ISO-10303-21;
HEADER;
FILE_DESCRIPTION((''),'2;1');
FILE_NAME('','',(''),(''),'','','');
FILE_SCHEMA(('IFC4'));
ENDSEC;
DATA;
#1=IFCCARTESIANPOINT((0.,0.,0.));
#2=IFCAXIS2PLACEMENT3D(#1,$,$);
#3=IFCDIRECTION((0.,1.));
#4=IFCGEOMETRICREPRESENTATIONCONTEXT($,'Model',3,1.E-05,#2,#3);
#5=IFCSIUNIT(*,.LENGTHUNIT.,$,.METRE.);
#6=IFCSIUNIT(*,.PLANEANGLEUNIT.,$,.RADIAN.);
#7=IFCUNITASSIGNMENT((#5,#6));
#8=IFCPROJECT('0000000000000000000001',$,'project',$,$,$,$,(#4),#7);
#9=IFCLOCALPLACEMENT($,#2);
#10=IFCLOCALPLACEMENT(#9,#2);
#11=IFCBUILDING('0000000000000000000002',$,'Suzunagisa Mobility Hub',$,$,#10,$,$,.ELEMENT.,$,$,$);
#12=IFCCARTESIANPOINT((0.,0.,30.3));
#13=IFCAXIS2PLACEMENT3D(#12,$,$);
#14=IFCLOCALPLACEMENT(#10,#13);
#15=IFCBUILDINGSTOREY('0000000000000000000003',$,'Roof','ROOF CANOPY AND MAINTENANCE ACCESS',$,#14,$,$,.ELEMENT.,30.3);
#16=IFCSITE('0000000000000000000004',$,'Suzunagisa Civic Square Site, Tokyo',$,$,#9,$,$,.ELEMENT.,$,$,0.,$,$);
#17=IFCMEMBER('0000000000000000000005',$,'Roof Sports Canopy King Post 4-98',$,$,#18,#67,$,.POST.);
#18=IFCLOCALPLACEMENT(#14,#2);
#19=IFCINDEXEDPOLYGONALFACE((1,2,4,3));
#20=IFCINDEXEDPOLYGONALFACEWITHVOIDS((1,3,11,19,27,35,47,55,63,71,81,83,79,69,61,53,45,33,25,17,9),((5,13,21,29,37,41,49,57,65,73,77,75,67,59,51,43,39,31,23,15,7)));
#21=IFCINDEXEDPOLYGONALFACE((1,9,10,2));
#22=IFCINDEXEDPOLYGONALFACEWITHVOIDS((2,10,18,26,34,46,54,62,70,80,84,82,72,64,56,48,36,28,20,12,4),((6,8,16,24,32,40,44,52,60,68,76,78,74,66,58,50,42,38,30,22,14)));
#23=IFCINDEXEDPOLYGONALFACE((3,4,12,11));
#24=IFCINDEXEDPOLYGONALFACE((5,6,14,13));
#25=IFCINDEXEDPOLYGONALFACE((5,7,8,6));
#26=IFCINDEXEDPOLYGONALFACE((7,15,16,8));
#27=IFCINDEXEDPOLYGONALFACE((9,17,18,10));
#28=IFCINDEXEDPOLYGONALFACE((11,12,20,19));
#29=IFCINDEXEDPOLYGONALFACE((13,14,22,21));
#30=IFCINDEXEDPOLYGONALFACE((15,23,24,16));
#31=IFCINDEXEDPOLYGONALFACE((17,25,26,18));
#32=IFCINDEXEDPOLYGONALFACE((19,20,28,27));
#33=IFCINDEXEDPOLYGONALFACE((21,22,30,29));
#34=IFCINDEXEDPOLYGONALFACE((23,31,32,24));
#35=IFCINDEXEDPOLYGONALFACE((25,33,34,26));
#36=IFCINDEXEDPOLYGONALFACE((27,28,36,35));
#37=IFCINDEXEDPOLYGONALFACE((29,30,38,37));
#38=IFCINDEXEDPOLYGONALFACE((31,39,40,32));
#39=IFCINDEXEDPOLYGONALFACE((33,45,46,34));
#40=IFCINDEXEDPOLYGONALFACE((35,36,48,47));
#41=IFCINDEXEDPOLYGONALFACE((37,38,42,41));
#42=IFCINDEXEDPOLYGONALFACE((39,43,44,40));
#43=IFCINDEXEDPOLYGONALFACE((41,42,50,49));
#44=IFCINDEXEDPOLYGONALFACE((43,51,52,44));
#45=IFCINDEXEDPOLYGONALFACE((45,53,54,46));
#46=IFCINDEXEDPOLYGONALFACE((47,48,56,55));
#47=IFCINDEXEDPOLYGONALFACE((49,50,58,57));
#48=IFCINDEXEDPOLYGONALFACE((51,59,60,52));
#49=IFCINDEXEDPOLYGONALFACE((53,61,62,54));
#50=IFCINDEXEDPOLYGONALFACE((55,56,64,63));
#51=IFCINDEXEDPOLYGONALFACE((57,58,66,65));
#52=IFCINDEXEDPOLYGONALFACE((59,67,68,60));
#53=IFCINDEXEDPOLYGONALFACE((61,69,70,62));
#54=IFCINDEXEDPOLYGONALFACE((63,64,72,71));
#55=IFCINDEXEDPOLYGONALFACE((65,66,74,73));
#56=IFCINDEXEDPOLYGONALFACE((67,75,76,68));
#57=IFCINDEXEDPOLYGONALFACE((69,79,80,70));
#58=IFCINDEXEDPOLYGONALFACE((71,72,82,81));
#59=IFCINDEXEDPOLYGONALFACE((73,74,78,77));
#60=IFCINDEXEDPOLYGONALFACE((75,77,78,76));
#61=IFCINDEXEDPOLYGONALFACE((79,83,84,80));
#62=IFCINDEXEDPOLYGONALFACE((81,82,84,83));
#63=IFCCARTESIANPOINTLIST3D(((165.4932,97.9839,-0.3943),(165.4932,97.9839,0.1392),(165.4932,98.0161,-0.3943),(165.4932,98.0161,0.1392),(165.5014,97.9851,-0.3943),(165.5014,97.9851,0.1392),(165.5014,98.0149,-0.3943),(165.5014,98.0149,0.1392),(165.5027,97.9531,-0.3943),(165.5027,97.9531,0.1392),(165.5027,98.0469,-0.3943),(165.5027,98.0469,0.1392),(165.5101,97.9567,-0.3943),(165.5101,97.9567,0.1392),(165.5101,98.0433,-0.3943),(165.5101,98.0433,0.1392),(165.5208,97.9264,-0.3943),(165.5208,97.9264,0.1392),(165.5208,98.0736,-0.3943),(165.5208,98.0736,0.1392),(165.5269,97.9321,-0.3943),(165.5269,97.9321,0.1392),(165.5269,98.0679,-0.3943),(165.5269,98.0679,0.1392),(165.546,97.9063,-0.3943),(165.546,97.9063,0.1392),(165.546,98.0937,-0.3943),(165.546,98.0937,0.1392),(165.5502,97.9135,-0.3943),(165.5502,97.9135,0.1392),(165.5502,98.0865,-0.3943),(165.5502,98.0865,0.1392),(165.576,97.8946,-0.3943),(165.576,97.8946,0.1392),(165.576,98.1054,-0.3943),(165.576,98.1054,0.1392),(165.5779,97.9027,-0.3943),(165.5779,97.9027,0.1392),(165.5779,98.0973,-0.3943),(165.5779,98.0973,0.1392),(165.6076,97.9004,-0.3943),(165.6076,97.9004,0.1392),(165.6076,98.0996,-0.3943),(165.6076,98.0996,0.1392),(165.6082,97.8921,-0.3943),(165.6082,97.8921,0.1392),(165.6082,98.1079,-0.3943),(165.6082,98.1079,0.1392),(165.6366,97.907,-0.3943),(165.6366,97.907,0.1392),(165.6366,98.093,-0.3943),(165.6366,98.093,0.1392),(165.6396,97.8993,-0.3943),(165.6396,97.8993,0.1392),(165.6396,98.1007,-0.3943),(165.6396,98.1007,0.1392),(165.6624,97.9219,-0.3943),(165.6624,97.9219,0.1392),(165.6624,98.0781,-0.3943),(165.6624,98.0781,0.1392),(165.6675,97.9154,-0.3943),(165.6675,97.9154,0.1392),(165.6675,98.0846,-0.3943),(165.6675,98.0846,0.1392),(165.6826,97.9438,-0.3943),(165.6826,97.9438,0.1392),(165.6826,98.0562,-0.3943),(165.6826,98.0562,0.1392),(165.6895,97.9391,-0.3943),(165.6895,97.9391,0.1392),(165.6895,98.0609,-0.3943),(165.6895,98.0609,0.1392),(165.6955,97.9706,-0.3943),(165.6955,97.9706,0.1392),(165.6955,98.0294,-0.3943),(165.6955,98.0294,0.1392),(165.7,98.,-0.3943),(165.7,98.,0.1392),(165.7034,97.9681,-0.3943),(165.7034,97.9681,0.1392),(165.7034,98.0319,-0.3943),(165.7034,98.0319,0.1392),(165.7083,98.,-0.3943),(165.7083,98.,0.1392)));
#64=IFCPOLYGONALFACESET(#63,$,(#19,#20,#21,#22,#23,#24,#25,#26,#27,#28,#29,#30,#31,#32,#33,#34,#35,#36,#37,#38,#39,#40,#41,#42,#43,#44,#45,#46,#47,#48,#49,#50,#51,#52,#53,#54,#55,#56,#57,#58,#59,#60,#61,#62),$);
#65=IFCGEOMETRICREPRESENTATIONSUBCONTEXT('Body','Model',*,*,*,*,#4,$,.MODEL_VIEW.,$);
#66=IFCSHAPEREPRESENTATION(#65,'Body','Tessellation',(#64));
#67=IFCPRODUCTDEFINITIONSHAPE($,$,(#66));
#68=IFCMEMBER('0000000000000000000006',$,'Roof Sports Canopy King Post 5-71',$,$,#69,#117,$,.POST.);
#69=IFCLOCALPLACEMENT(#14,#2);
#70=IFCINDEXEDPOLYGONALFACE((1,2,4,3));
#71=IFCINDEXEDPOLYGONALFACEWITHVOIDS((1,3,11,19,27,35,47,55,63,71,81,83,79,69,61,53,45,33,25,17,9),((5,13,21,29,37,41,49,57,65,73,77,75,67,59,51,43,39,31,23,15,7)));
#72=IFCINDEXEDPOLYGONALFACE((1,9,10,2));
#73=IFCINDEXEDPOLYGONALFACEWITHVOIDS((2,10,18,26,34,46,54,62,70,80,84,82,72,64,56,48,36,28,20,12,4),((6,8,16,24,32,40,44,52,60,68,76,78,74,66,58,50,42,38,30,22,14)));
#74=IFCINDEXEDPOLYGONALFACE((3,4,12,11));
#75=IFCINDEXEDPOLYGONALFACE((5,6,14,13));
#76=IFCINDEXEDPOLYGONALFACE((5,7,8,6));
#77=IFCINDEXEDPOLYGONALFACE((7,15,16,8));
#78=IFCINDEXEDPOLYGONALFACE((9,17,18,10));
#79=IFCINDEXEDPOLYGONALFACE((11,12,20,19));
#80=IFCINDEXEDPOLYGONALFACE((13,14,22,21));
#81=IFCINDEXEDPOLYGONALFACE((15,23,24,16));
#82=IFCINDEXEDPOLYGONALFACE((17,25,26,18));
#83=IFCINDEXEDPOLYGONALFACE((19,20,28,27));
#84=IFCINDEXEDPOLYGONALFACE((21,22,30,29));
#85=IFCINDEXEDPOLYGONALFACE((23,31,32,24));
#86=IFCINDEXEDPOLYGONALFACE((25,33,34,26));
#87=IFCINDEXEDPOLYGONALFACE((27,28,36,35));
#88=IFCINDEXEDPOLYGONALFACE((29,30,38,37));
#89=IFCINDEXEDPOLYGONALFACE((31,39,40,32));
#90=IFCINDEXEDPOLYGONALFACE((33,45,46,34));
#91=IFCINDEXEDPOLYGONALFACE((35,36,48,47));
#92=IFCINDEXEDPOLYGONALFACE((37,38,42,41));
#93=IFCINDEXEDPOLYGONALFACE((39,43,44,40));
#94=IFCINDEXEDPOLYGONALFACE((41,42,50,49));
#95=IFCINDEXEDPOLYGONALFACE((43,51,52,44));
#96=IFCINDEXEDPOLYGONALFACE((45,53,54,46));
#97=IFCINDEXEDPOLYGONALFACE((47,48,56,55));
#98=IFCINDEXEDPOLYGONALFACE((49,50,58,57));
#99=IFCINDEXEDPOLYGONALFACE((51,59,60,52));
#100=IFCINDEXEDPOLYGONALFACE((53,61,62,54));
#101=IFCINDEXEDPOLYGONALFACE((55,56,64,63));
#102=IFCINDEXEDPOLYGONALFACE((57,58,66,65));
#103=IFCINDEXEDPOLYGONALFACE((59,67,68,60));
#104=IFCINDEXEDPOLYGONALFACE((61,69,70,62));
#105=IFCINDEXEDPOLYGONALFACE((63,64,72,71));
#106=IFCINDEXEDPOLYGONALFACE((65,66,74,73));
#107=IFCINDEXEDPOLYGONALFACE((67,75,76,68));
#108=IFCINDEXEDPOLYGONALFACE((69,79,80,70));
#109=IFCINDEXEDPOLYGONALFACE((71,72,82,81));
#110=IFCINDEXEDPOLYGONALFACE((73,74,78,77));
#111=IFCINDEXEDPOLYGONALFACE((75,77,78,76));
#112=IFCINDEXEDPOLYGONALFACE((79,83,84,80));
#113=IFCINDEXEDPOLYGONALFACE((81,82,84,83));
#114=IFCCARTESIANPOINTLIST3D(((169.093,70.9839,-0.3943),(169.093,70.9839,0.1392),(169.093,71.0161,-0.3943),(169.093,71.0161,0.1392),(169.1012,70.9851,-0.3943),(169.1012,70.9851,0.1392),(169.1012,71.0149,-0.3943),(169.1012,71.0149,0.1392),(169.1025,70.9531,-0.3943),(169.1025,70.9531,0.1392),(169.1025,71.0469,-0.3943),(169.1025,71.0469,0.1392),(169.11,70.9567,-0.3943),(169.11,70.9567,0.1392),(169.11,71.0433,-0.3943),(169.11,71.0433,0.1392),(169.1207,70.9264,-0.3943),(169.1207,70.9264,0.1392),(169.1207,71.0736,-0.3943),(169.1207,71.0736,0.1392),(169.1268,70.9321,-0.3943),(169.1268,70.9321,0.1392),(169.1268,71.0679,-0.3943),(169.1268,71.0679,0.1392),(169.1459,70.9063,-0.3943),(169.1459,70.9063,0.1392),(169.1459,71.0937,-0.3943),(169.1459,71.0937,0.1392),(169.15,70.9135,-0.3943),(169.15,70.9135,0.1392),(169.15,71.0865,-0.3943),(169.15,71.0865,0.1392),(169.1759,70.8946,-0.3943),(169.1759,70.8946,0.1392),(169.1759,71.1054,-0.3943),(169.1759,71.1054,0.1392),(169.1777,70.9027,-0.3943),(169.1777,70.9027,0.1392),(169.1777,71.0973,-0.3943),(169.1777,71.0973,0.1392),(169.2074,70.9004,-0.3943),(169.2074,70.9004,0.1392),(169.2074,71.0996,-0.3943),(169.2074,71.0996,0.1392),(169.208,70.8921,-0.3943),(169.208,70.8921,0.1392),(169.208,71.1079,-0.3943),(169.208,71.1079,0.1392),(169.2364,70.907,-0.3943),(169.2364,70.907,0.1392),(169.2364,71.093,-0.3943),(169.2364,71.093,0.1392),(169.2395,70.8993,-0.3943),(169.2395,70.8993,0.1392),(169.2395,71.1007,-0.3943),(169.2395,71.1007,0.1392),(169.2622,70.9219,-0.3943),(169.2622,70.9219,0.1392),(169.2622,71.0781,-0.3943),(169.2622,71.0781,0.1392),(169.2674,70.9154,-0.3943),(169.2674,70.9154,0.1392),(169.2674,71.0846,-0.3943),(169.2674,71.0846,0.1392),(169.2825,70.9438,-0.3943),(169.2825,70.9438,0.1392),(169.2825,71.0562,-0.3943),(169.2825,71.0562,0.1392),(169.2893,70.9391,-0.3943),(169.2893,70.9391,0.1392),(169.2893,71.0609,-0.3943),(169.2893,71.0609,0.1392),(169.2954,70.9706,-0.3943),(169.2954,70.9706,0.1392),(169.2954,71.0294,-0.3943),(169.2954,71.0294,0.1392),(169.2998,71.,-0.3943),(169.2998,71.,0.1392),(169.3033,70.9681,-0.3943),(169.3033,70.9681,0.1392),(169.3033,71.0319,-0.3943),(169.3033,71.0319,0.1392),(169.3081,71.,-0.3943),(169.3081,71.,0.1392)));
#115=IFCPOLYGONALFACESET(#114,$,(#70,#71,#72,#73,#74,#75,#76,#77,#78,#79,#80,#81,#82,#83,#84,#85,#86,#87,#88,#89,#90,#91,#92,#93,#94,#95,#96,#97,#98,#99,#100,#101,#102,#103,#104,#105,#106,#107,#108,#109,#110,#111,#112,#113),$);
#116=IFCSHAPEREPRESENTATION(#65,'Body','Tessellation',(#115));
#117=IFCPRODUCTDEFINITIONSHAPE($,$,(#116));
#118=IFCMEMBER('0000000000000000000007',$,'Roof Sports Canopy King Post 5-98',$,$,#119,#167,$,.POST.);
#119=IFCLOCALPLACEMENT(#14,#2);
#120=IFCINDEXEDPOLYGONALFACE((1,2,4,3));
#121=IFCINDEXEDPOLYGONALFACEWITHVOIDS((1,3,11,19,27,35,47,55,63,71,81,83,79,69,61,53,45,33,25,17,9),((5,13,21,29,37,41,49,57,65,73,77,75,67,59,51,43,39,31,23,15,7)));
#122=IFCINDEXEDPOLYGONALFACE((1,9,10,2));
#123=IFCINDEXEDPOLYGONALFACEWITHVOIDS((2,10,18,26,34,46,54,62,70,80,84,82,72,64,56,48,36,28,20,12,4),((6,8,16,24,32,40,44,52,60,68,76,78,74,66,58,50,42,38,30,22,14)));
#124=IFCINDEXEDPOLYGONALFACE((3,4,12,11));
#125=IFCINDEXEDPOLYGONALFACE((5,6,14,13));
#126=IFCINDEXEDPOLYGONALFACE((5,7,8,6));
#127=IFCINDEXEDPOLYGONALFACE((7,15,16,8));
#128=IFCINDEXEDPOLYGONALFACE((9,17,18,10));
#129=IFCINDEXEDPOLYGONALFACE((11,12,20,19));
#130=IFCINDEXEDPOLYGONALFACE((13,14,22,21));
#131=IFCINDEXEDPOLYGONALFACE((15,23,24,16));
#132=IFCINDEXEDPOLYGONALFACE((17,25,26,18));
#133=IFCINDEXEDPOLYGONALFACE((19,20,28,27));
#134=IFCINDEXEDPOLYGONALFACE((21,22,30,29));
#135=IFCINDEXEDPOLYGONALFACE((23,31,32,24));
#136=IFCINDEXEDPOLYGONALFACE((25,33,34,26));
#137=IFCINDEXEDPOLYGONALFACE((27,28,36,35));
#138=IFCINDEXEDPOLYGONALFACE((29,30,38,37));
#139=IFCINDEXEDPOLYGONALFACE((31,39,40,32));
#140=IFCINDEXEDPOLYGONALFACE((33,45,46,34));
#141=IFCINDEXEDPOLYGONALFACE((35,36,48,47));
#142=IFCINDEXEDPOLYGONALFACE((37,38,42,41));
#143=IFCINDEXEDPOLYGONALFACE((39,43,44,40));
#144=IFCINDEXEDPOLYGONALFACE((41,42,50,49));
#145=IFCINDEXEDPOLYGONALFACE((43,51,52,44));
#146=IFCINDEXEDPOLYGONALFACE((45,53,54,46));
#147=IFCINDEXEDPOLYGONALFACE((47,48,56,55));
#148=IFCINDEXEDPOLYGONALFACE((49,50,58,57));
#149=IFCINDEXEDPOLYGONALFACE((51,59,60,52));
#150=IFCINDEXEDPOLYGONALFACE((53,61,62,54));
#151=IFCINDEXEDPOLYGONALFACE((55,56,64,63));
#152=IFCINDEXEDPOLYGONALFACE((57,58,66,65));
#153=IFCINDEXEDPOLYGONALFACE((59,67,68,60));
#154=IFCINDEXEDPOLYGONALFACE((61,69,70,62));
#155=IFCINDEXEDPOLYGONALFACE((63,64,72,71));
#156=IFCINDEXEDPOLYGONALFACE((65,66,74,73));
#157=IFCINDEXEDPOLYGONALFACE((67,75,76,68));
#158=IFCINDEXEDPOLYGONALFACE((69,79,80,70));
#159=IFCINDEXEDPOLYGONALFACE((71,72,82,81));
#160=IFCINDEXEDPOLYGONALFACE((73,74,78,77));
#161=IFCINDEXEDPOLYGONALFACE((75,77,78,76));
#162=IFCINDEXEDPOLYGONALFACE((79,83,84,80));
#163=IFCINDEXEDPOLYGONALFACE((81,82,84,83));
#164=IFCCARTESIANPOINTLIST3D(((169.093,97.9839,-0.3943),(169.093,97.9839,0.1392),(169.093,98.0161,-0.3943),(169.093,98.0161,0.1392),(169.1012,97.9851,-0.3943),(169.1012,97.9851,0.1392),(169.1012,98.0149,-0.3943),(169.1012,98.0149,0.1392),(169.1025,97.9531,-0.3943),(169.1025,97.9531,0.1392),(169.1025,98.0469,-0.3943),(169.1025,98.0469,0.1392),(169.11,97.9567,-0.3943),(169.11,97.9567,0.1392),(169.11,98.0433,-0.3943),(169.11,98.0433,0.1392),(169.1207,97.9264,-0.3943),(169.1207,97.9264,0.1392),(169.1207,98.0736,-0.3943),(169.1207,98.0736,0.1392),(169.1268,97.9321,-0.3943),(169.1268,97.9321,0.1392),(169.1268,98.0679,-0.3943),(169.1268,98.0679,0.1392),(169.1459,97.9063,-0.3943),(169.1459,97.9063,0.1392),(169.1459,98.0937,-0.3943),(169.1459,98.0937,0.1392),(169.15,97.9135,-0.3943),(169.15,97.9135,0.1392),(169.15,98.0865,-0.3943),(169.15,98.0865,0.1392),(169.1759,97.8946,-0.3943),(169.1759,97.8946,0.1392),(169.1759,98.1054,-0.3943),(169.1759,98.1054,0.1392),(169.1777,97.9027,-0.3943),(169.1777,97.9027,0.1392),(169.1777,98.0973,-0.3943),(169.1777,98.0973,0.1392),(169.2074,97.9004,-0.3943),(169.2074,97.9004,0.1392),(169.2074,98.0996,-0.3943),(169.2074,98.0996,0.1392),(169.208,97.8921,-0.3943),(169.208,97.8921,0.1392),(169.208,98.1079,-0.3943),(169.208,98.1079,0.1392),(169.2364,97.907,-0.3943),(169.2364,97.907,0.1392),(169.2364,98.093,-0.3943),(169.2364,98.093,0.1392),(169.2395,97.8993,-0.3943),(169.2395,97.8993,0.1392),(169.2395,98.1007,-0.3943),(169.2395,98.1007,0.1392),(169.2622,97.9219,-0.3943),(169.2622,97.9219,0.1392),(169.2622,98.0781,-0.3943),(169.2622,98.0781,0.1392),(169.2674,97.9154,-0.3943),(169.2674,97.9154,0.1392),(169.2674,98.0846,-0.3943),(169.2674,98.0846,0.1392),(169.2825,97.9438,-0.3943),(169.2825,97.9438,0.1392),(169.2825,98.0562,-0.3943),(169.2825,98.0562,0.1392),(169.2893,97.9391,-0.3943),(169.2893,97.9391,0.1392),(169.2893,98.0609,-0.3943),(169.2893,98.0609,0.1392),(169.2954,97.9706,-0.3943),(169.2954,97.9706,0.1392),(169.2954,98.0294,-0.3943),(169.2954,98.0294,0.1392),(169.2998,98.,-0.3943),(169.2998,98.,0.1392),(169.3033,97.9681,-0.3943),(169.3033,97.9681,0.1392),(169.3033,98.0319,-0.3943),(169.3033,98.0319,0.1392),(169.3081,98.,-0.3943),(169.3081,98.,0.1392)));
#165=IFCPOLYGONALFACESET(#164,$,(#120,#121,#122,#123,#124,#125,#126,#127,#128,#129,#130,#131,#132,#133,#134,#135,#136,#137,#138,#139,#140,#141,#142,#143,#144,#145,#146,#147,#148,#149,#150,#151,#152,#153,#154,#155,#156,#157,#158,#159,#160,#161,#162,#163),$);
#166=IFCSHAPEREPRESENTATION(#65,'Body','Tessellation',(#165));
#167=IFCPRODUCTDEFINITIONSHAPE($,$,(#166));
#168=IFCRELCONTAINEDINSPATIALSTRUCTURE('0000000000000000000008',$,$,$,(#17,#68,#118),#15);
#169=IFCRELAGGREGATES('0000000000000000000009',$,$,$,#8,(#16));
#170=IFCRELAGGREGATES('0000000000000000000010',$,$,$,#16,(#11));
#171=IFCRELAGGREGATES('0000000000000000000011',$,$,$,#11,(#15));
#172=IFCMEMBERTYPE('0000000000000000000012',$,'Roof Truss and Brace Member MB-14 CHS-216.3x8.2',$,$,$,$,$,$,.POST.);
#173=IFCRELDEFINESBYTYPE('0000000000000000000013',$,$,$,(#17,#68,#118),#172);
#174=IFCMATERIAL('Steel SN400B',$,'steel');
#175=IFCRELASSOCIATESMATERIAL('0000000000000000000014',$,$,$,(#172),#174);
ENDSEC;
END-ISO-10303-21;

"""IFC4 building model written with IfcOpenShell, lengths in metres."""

from ifc_helpers import new_model, si_unit, direction, frame, origin, origin_2d, place, context, subcontext, project, spatial, hollow_circle, extrude, material, material_profile, profile_set, type_object, element, save


model = new_model("IFC4")

# Units and contexts
model_context = context("Model", 3, precision=1e-05, world=origin(), true_north=direction((0.0, 1.0)))
body_context = subcontext(model_context, "Body", "Model", "MODEL_VIEW")
ifc_project = project(units=[si_unit("LENGTHUNIT", "METRE"), si_unit("PLANEANGLEUNIT", "RADIAN")], contexts=[model_context])

# Site, building, storey
site_placement = place(None, origin())
site = spatial("IfcSite", under=ifc_project, at=site_placement, Name="Suzunagisa Civic Square Site, Tokyo", CompositionType="ELEMENT", RefElevation=0.0)
building_placement = place(site_placement, origin())
building = spatial("IfcBuilding", under=site, at=building_placement, Name="Suzunagisa Mobility Hub", CompositionType="ELEMENT")
storey_placement = place(building_placement, frame((0.0, 0.0, 30.3)))
storey = spatial("IfcBuildingStorey", under=building, at=storey_placement, Name="Roof", Description="ROOF CANOPY AND MAINTENANCE ACCESS", CompositionType="ELEMENT", Elevation=30.3)

# Members
ifc_material_1 = material(Name="Steel SN400B", Category="steel")
ifc_material_profile_1 = material_profile(ifc_material_1, hollow_circle(Radius=0.1082, WallThickness=0.0083, at=origin_2d()), Name="CHS-216.3x8.2")
ifc_profile_set_1 = profile_set([ifc_material_profile_1], Name="Steel SN400B")
member_type = type_object("IfcMemberType", Name="Roof Truss and Brace Member MB-14 CHS-216.3x8.2", PredefinedType="POST", material=ifc_profile_set_1)
for number, where, z_axis, x_axis, name in (
    (1, (165.6001, 98.0, -0.3943), (0.0, 0.0, 1.0), (1.0, 0.0, 0.0), "Roof Sports Canopy King Post 4-98"),
    (2, (169.2, 71.0, -0.3943), (0.0, 0.0, 1.0), (1.0, 0.0, 0.0), "Roof Sports Canopy King Post 5-71"),
    (3, (169.2, 98.0, -0.3943), (0.0, 0.0, 1.0), (1.0, 0.0, 0.0), "Roof Sports Canopy King Post 5-98"),
):
    element("IfcMember", number, at=place(storey_placement, frame(where, z_axis=z_axis, x_axis=x_axis)), inside=storey, type_object=member_type, Name=name, PredefinedType="POST", context=body_context, shape_type="SweptSolid", body=[
        extrude(hollow_circle(Radius=0.1082, WallThickness=0.0083, at=origin_2d()), origin(), (0.0, 0.0, 1.0), 0.5334),
    ])

save(model, "model.ifc")
